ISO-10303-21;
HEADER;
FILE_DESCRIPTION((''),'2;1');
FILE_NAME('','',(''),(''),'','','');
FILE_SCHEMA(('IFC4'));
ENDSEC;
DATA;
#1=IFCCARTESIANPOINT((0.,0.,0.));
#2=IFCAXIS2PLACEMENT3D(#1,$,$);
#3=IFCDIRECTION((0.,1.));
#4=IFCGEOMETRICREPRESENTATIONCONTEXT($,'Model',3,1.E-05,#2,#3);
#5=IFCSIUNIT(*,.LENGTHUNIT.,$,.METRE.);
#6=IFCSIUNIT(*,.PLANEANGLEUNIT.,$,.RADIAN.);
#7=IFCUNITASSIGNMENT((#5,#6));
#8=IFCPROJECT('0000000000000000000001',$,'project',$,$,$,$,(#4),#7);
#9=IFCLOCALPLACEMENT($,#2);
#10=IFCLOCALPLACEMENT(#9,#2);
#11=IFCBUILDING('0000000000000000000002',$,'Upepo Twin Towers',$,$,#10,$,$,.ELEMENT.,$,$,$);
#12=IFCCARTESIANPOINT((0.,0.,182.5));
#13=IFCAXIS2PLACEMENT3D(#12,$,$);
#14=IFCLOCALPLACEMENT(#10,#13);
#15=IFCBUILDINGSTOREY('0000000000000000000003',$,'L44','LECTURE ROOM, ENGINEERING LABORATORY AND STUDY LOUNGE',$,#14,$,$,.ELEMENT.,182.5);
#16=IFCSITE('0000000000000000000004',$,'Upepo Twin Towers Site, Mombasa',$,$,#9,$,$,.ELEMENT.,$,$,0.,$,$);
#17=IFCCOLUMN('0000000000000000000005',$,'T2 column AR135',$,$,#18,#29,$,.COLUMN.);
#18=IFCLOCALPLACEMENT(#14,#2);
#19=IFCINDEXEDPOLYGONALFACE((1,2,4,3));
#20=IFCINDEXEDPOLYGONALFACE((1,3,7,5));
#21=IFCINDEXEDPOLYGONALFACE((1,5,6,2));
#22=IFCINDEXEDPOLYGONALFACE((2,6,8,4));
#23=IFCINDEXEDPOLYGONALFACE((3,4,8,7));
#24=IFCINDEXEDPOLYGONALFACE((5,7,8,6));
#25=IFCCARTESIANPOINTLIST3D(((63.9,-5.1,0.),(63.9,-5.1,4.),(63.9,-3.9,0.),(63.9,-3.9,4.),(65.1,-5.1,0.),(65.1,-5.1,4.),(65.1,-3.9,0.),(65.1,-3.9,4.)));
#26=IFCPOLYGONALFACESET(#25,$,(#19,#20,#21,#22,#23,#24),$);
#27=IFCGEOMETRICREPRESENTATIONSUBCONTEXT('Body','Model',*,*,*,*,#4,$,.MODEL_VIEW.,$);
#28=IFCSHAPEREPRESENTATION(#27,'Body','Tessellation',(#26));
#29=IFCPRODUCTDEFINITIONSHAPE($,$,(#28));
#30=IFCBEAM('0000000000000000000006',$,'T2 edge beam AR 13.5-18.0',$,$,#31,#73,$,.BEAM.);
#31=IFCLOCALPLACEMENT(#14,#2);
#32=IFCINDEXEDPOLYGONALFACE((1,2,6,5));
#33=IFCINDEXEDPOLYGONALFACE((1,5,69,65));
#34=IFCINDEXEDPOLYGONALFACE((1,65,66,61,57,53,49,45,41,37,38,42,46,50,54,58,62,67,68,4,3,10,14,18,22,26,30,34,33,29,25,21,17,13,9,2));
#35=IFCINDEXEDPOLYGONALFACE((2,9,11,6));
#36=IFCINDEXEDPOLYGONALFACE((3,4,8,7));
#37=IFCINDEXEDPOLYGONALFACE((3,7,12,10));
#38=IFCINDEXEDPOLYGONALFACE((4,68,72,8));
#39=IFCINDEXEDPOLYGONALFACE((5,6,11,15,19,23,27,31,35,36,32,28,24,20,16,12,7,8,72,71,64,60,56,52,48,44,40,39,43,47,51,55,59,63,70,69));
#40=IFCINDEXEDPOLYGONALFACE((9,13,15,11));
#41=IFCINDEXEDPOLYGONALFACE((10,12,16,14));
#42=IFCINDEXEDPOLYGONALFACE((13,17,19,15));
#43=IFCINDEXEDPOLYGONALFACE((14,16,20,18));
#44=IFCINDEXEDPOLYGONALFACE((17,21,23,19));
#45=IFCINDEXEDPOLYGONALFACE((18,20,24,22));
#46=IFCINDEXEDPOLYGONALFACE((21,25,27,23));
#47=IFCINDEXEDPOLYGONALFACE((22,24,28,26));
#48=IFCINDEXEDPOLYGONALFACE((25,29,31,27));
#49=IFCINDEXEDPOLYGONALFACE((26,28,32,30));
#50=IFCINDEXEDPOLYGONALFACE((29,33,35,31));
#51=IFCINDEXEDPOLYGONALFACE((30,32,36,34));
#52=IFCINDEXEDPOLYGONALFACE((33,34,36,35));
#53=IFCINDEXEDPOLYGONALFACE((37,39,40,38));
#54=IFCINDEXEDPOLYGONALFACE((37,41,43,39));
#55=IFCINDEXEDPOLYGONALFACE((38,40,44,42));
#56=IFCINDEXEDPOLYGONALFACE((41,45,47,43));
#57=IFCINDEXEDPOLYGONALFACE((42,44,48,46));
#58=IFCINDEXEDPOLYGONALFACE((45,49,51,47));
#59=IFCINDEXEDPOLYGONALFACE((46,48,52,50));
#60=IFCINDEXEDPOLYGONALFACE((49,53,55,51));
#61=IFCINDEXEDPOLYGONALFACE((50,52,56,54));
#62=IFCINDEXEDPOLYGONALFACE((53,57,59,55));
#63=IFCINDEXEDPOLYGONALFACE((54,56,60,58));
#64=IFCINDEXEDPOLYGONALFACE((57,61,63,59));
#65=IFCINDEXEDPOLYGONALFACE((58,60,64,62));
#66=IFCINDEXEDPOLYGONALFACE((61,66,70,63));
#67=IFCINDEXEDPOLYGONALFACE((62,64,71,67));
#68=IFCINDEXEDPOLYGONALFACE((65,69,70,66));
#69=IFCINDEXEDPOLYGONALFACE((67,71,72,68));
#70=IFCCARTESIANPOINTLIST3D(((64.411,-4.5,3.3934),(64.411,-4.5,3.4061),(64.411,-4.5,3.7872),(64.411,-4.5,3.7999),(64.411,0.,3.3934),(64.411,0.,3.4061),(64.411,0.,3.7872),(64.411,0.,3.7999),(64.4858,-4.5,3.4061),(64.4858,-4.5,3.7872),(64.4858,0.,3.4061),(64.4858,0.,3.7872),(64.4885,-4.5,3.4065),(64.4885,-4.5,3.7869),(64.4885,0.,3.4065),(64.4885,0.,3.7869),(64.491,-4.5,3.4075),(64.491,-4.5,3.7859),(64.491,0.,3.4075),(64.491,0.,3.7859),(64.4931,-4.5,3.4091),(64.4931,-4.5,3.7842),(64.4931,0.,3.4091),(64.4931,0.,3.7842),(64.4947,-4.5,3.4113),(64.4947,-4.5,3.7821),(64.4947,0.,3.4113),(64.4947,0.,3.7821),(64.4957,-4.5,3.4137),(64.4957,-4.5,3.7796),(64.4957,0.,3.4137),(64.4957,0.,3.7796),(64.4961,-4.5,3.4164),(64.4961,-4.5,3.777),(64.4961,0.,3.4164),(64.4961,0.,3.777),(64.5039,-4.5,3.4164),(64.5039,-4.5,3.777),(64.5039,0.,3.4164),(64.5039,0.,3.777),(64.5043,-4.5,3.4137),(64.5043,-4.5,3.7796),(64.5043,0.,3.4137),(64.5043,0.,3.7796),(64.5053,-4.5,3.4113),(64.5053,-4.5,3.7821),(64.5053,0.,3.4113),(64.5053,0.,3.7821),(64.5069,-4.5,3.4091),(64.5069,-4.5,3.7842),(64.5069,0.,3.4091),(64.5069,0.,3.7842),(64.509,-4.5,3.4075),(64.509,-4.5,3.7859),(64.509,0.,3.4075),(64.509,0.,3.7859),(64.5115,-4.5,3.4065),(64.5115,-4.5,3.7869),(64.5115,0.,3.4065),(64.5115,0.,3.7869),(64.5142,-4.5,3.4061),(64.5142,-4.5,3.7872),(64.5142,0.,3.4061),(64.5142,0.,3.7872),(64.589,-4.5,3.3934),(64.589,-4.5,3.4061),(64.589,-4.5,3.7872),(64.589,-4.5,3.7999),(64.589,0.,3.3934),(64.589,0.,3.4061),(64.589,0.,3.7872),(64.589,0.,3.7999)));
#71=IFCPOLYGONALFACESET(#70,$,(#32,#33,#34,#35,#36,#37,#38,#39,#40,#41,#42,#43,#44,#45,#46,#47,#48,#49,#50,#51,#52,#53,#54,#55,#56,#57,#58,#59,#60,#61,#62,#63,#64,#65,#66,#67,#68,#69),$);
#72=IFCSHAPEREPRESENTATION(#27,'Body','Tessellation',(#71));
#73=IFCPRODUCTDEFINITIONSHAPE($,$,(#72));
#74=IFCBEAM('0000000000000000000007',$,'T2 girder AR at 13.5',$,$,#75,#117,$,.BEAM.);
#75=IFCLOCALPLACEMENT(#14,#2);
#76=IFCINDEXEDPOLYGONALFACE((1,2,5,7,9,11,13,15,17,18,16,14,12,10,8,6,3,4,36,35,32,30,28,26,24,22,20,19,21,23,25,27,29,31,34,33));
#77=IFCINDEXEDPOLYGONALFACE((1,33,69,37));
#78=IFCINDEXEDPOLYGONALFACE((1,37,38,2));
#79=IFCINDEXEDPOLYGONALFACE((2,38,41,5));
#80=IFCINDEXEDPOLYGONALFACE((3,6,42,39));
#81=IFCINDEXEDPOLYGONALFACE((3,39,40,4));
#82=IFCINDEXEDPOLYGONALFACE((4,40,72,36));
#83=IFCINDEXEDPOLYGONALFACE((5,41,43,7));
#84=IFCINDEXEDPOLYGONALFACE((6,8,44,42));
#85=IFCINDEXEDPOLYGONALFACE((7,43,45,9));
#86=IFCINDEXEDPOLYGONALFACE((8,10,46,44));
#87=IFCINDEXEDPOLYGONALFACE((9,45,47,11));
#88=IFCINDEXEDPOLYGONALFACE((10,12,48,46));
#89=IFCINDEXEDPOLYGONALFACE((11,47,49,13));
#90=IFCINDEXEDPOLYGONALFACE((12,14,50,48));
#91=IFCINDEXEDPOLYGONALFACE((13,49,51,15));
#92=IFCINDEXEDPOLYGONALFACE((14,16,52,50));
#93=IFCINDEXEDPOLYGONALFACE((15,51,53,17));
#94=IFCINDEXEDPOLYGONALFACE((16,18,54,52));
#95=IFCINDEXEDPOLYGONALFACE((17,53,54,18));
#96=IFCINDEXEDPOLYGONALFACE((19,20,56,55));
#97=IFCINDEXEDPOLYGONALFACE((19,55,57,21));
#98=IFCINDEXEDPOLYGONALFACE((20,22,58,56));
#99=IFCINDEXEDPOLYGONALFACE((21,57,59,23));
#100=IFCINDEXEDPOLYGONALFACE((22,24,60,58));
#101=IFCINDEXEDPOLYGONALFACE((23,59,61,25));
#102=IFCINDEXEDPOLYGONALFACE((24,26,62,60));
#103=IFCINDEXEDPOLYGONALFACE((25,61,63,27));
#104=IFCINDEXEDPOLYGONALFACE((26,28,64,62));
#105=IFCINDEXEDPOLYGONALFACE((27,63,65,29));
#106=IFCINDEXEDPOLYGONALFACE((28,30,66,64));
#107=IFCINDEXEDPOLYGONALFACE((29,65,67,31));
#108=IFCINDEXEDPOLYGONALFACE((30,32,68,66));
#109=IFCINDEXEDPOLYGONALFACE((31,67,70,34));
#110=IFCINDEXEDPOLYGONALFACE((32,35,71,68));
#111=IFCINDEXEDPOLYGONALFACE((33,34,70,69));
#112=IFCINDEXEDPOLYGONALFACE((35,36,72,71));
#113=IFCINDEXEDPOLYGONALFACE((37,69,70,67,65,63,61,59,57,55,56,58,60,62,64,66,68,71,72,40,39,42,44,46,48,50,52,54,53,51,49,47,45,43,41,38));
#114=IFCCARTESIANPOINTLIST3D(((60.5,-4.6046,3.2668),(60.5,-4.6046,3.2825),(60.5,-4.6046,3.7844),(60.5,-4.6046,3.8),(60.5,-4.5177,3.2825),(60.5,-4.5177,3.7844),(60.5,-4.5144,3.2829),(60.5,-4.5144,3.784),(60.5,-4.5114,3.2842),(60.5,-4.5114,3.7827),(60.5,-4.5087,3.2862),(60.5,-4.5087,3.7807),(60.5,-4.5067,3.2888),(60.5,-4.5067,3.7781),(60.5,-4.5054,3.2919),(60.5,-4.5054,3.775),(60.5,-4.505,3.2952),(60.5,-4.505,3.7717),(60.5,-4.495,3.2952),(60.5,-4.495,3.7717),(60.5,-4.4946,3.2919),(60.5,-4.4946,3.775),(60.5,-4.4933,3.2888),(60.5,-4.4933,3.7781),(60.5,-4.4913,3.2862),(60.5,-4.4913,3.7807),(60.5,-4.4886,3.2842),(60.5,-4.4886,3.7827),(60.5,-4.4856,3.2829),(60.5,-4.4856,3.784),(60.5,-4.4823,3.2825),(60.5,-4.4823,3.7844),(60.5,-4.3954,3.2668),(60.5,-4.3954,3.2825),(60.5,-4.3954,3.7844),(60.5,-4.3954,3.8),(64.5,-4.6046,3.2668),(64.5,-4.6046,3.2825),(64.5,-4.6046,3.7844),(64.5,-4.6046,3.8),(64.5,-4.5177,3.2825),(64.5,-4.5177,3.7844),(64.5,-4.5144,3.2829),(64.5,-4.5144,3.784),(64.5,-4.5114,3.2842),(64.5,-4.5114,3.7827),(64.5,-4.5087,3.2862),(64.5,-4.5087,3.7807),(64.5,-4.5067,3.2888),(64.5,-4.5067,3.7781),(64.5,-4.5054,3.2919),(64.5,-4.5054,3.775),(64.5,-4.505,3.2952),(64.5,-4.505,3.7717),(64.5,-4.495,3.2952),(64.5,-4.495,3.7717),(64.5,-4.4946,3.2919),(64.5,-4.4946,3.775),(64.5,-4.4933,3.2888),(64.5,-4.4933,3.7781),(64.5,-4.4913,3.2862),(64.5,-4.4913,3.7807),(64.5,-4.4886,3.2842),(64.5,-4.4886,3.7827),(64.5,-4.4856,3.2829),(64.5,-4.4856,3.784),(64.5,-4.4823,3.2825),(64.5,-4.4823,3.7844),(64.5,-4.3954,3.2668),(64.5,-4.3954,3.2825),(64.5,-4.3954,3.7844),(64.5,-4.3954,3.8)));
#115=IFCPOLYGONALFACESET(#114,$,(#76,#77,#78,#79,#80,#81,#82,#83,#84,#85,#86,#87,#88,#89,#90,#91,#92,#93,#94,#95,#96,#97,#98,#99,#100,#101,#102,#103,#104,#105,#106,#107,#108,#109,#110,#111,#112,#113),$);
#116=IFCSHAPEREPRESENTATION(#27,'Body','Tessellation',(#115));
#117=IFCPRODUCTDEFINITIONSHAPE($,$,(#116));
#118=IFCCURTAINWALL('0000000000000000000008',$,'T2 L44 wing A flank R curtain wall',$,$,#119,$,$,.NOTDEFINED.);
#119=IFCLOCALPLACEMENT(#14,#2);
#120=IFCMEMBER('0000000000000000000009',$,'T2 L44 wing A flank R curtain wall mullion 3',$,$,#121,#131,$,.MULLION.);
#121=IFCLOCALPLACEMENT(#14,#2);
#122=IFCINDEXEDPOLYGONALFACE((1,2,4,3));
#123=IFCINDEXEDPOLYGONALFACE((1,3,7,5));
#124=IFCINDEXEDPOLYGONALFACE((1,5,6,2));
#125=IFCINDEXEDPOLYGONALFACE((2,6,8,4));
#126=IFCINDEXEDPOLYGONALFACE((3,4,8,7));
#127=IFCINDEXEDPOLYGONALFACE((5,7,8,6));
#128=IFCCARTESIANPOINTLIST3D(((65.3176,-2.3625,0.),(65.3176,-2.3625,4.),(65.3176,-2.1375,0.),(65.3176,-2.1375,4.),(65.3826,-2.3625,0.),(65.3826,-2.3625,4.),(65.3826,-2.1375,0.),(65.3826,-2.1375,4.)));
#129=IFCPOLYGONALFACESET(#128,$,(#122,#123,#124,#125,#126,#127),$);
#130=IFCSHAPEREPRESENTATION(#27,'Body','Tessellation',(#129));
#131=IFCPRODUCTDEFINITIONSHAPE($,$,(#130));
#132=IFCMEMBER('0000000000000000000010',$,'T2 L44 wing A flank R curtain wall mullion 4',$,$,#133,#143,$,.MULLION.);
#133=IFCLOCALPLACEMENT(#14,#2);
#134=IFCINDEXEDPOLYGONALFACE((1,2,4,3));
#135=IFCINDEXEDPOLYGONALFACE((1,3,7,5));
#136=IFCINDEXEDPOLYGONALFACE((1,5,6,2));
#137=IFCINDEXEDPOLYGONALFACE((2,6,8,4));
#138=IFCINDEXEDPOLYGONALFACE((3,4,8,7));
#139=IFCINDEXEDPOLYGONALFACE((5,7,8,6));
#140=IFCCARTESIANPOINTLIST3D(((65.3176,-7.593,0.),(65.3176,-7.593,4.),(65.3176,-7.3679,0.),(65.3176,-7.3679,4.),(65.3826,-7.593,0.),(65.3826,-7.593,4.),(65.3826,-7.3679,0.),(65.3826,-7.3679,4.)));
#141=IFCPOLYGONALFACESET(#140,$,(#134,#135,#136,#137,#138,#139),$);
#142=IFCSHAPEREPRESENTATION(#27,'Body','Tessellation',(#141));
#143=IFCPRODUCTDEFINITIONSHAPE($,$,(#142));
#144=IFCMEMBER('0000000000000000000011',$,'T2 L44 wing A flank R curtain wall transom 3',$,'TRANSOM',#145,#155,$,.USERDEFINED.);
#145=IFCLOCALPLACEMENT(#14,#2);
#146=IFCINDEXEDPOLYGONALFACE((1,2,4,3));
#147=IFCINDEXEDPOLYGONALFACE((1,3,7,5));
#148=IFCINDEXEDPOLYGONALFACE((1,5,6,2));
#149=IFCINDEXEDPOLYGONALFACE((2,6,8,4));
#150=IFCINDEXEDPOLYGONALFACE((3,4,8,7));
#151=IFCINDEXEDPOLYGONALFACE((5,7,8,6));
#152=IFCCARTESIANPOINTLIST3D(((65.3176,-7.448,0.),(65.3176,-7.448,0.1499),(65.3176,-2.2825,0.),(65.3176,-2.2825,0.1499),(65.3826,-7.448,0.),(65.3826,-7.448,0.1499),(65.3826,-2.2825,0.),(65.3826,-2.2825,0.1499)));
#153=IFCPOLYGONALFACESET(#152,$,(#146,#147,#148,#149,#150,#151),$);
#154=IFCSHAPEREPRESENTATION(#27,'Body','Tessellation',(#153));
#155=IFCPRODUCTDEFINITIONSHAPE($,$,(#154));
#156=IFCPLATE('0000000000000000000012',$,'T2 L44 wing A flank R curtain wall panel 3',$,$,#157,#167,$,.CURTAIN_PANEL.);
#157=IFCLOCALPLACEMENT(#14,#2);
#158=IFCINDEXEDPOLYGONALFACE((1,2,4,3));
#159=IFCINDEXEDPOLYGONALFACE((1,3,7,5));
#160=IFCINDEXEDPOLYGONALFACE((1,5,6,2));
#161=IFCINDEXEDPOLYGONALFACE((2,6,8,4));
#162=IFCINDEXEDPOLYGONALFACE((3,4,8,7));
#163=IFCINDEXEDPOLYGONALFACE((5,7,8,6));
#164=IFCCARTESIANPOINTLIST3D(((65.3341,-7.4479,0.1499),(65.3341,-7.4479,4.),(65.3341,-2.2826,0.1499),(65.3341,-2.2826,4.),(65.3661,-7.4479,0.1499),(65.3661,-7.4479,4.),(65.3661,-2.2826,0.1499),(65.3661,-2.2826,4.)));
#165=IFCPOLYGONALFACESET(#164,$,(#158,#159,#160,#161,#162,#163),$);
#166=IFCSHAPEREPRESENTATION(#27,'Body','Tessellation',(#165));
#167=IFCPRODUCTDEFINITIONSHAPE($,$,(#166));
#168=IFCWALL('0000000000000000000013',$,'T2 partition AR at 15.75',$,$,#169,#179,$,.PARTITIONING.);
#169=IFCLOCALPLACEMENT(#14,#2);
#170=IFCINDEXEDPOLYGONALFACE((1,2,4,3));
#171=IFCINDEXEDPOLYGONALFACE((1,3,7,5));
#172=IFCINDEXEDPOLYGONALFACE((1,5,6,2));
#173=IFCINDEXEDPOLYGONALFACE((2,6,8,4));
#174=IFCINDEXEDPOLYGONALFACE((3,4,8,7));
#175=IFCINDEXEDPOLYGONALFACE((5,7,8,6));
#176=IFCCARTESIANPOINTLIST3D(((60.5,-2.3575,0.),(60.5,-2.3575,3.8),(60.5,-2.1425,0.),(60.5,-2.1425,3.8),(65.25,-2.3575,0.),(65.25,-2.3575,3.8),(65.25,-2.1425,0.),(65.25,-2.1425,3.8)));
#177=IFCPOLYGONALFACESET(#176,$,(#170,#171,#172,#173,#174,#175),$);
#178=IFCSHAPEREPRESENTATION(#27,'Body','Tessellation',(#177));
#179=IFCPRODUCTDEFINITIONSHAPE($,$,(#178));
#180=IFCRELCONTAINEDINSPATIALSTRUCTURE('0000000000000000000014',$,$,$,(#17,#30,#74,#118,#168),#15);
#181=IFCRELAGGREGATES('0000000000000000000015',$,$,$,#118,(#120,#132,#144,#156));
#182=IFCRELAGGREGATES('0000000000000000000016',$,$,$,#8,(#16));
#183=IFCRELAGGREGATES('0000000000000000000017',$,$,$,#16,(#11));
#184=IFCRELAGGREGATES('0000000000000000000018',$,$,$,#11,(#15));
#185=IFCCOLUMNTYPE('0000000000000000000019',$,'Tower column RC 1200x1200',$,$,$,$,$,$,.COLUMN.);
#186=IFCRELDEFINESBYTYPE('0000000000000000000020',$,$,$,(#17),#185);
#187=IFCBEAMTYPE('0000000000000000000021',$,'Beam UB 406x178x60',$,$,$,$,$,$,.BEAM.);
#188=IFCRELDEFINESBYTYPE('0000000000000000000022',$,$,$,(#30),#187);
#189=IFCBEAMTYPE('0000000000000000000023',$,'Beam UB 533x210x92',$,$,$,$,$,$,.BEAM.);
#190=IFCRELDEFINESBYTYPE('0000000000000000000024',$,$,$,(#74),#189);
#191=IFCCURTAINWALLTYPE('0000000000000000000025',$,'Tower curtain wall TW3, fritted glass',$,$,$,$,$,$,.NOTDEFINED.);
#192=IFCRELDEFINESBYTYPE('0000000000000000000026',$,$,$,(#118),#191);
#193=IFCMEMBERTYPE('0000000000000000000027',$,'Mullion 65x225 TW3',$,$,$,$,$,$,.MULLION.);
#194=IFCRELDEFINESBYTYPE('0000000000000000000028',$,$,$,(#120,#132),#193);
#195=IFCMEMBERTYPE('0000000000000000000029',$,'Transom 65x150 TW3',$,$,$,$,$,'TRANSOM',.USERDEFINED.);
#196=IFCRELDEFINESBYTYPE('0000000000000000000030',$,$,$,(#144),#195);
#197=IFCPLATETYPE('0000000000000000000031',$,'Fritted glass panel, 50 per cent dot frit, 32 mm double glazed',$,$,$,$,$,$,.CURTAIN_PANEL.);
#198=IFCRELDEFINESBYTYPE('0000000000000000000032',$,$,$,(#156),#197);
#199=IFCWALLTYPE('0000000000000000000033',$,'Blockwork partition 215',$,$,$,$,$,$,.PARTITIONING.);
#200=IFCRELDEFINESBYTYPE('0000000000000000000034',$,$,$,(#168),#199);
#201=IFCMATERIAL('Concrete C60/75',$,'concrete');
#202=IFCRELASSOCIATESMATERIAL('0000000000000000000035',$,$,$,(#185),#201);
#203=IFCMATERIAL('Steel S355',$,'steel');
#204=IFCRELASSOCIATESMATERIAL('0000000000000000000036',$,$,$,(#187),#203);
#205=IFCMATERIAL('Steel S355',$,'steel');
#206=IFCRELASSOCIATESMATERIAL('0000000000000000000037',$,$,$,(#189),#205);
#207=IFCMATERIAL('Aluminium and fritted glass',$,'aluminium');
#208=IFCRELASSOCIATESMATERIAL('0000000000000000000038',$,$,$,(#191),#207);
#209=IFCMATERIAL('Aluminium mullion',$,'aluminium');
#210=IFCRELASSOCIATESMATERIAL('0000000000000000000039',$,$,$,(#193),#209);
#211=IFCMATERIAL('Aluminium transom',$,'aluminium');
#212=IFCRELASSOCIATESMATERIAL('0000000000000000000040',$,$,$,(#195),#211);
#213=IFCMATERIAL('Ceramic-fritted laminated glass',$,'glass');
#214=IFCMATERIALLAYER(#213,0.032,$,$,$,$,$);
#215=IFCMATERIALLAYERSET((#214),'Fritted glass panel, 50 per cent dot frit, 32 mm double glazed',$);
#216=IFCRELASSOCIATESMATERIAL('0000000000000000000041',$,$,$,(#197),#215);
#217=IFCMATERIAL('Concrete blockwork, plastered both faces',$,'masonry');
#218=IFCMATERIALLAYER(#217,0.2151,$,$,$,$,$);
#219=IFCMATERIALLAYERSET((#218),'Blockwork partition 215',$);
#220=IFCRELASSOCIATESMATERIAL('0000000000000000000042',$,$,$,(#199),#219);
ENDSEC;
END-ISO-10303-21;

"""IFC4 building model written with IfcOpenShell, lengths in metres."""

from ifc_helpers import new_model, si_unit, direction, frame, frame_2d, origin, origin_2d, place, context, subcontext, project, spatial, rectangle, i_section, extrude, material, layer, layer_set, material_profile, profile_set, type_object, element, aggregate, save


model = new_model("IFC4")

# Units and contexts
model_context = context("Model", 3, precision=1e-05, world=origin(), true_north=direction((0.0, 1.0)))
body_context = subcontext(model_context, "Body", "Model", "MODEL_VIEW")
ifc_project = project(units=[si_unit("LENGTHUNIT", "METRE"), si_unit("PLANEANGLEUNIT", "RADIAN")], contexts=[model_context])

# Site, building, storey
site_placement = place(None, origin())
site = spatial("IfcSite", under=ifc_project, at=site_placement, Name="Upepo Twin Towers Site, Mombasa", CompositionType="ELEMENT", RefElevation=0.0)
building_placement = place(site_placement, origin())
building = spatial("IfcBuilding", under=site, at=building_placement, Name="Upepo Twin Towers", CompositionType="ELEMENT")
storey_placement = place(building_placement, frame((0.0, 0.0, 182.5)))
storey = spatial("IfcBuildingStorey", under=building, at=storey_placement, Name="L44", Description="LECTURE ROOM, ENGINEERING LABORATORY AND STUDY LOUNGE", CompositionType="ELEMENT", Elevation=182.5)

# Column
ifc_material_1 = material(Name="Concrete C60/75", Category="concrete")
ifc_material_profile_1 = material_profile(ifc_material_1, rectangle(XDim=1.2, YDim=1.2, at=origin_2d()), Name="RC 1200x1200")
ifc_profile_set_1 = profile_set([ifc_material_profile_1], Name="Concrete C60/75")
column_type = type_object("IfcColumnType", Name="Tower column RC 1200x1200", PredefinedType="COLUMN", material=ifc_profile_set_1)
column_placement = place(storey_placement, frame((64.5, -4.5, 0.0), z_axis=(0.0, 0.0, 1.0), x_axis=(1.0, 0.0, 0.0)))
element("IfcColumn", 1, at=column_placement, inside=storey, type_object=column_type, Name="T2 column AR135", PredefinedType="COLUMN", context=body_context, shape_type="SweptSolid", body=[
    extrude(rectangle(XDim=1.2, YDim=1.2, at=origin_2d()), origin(), (0.0, 0.0, 1.0), 4.0),
])

# Beams
ifc_material_2 = material(Name="Steel S355", Category="steel")
ifc_material_profile_2 = material_profile(ifc_material_2, i_section(OverallWidth=0.178, OverallDepth=0.4065, WebThickness=0.0078, FlangeThickness=0.0127, FilletRadius=0.0103, at=origin_2d()), Name="UB 406x178x60")
ifc_profile_set_2 = profile_set([ifc_material_profile_2], Name="Steel S355")
beam_type_1 = type_object("IfcBeamType", Name="Beam UB 406x178x60", PredefinedType="BEAM", material=ifc_profile_set_2)
beam_1_placement = place(storey_placement, frame((64.5, -4.5, 3.5967), z_axis=(0.0, 1.0, 0.0), x_axis=(-1.0, 0.0, 0.0)))
element("IfcBeam", 2, at=beam_1_placement, inside=storey, type_object=beam_type_1, Name="T2 edge beam AR 13.5-18.0", PredefinedType="BEAM", context=body_context, shape_type="SweptSolid", body=[
    extrude(i_section(OverallWidth=0.178, OverallDepth=0.4065, WebThickness=0.0078, FlangeThickness=0.0127, FilletRadius=0.0103, at=origin_2d()), origin(), (0.0, 0.0, 1.0), 4.5),
])
ifc_material_3 = material(Name="Steel S355", Category="steel")
ifc_material_profile_3 = material_profile(ifc_material_3, i_section(OverallWidth=0.2092, OverallDepth=0.5332, WebThickness=0.01, FlangeThickness=0.0156, FilletRadius=0.0127, at=origin_2d()), Name="UB 533x210x92")
ifc_profile_set_3 = profile_set([ifc_material_profile_3], Name="Steel S355")
beam_type_2 = type_object("IfcBeamType", Name="Beam UB 533x210x92", PredefinedType="BEAM", material=ifc_profile_set_3)
beam_2_placement = place(storey_placement, frame((64.5, -4.5, 3.5334), z_axis=(-1.0, 0.0, 0.0), x_axis=(0.0, -1.0, 0.0)))
element("IfcBeam", 3, at=beam_2_placement, inside=storey, type_object=beam_type_2, Name="T2 girder AR at 13.5", PredefinedType="BEAM", context=body_context, shape_type="SweptSolid", body=[
    extrude(i_section(OverallWidth=0.2092, OverallDepth=0.5332, WebThickness=0.01, FlangeThickness=0.0156, FilletRadius=0.0127, at=origin_2d()), origin(), (0.0, 0.0, 1.0), 4.0),
])

# Curtain wall, members, plate
ifc_material_4 = material(Name="Aluminium and fritted glass", Category="aluminium")
curtain_wall_type = type_object("IfcCurtainWallType", Name="Tower curtain wall TW3, fritted glass", PredefinedType="NOTDEFINED", material=ifc_material_4)
curtain_wall_placement = place(storey_placement, origin())
curtain_wall = element("IfcCurtainWall", 4, at=curtain_wall_placement, inside=storey, type_object=curtain_wall_type, Name="T2 L44 wing A flank R curtain wall", PredefinedType="NOTDEFINED")
ifc_material_5 = material(Name="Aluminium mullion", Category="aluminium")
ifc_material_profile_4 = material_profile(ifc_material_5, rectangle(XDim=0.0649, YDim=0.2251, at=origin_2d()), Name="MULLION 65x225")
ifc_profile_set_4 = profile_set([ifc_material_profile_4], Name="Aluminium mullion")
member_type_1 = type_object("IfcMemberType", Name="Mullion 65x225 TW3", PredefinedType="MULLION", material=ifc_profile_set_4)
member_1_placement = place(storey_placement, frame((65.3501, -2.25, 0.0), z_axis=(0.0, 0.0, 1.0), x_axis=(1.0, 0.0, 0.0)))
member_1 = element("IfcMember", 5, at=member_1_placement, type_object=member_type_1, Name="T2 L44 wing A flank R curtain wall mullion 3", PredefinedType="MULLION", context=body_context, shape_type="SweptSolid", body=[
    extrude(rectangle(XDim=0.0649, YDim=0.2251, at=origin_2d()), origin(), (0.0, 0.0, 1.0), 4.0),
])
member_2_placement = place(storey_placement, frame((65.3501, -7.4805, 0.0), z_axis=(0.0, 0.0, 1.0), x_axis=(1.0, 0.0, 0.0)))
member_2 = element("IfcMember", 6, at=member_2_placement, type_object=member_type_1, Name="T2 L44 wing A flank R curtain wall mullion 4", PredefinedType="MULLION", context=body_context, shape_type="SweptSolid", body=[
    extrude(rectangle(XDim=0.0649, YDim=0.2251, at=origin_2d()), origin(), (0.0, 0.0, 1.0), 4.0),
])
ifc_material_6 = material(Name="Aluminium transom", Category="aluminium")
ifc_material_profile_5 = material_profile(ifc_material_6, rectangle(XDim=0.0649, YDim=0.1499, at=origin_2d()), Name="TRANSOM 65x150")
ifc_profile_set_5 = profile_set([ifc_material_profile_5], Name="Aluminium transom")
member_type_2 = type_object("IfcMemberType", Name="Transom 65x150 TW3", ElementType="TRANSOM", PredefinedType="USERDEFINED", material=ifc_profile_set_5)
member_3_placement = place(storey_placement, frame((65.3501, -2.2825, 0.075), z_axis=(0.0, -1.0, 0.0), x_axis=(1.0, 0.0, 0.0)))
member_3 = element("IfcMember", 7, at=member_3_placement, type_object=member_type_2, Name="T2 L44 wing A flank R curtain wall transom 3", ObjectType="TRANSOM", PredefinedType="USERDEFINED", context=body_context, shape_type="SweptSolid", body=[
    extrude(rectangle(XDim=0.0649, YDim=0.1499, at=origin_2d()), origin(), (0.0, 0.0, 1.0), 5.1655),
])
ifc_material_7 = material(Name="Ceramic-fritted laminated glass", Category="glass")
ifc_layer_1 = layer(ifc_material_7, 0.032)
ifc_layer_set_1 = layer_set([ifc_layer_1], Name="Fritted glass panel, 50 per cent dot frit, 32 mm double glazed")
plate_type = type_object("IfcPlateType", Name="Fritted glass panel, 50 per cent dot frit, 32 mm double glazed", PredefinedType="CURTAIN_PANEL", material=ifc_layer_set_1)
plate_placement = place(storey_placement, frame((65.3501, -4.8652, 0.1499), z_axis=(0.0, 0.0, 1.0), x_axis=(0.0, -1.0, 0.0)))
plate = element("IfcPlate", 8, at=plate_placement, type_object=plate_type, Name="T2 L44 wing A flank R curtain wall panel 3", PredefinedType="CURTAIN_PANEL", context=body_context, shape_type="SweptSolid", body=[
    extrude(rectangle(XDim=5.1653, YDim=0.032, at=origin_2d()), origin(), (0.0, 0.0, 1.0), 3.8501),
])
aggregate(curtain_wall, [member_1, member_2, member_3, plate])

# Wall
ifc_material_8 = material(Name="Concrete blockwork, plastered both faces", Category="masonry")
ifc_layer_2 = layer(ifc_material_8, 0.2151)
ifc_layer_set_2 = layer_set([ifc_layer_2], Name="Blockwork partition 215")
wall_type_1 = type_object("IfcWallType", Name="Blockwork partition 215", PredefinedType="PARTITIONING", material=ifc_layer_set_2)
wall_1_placement = place(storey_placement, frame((60.5, -2.25, 0.0), z_axis=(0.0, 0.0, 1.0), x_axis=(1.0, 0.0, 0.0)))
element("IfcWall", 9, at=wall_1_placement, inside=storey, type_object=wall_type_1, Name="T2 partition AR at 15.75", PredefinedType="PARTITIONING", context=body_context, shape_type="SweptSolid", body=[
    extrude(rectangle(XDim=4.75, YDim=0.2151, at=frame_2d((2.375, 0.0))), origin(), (0.0, 0.0, 1.0), 3.8),
])

save(model, "model.ifc")
